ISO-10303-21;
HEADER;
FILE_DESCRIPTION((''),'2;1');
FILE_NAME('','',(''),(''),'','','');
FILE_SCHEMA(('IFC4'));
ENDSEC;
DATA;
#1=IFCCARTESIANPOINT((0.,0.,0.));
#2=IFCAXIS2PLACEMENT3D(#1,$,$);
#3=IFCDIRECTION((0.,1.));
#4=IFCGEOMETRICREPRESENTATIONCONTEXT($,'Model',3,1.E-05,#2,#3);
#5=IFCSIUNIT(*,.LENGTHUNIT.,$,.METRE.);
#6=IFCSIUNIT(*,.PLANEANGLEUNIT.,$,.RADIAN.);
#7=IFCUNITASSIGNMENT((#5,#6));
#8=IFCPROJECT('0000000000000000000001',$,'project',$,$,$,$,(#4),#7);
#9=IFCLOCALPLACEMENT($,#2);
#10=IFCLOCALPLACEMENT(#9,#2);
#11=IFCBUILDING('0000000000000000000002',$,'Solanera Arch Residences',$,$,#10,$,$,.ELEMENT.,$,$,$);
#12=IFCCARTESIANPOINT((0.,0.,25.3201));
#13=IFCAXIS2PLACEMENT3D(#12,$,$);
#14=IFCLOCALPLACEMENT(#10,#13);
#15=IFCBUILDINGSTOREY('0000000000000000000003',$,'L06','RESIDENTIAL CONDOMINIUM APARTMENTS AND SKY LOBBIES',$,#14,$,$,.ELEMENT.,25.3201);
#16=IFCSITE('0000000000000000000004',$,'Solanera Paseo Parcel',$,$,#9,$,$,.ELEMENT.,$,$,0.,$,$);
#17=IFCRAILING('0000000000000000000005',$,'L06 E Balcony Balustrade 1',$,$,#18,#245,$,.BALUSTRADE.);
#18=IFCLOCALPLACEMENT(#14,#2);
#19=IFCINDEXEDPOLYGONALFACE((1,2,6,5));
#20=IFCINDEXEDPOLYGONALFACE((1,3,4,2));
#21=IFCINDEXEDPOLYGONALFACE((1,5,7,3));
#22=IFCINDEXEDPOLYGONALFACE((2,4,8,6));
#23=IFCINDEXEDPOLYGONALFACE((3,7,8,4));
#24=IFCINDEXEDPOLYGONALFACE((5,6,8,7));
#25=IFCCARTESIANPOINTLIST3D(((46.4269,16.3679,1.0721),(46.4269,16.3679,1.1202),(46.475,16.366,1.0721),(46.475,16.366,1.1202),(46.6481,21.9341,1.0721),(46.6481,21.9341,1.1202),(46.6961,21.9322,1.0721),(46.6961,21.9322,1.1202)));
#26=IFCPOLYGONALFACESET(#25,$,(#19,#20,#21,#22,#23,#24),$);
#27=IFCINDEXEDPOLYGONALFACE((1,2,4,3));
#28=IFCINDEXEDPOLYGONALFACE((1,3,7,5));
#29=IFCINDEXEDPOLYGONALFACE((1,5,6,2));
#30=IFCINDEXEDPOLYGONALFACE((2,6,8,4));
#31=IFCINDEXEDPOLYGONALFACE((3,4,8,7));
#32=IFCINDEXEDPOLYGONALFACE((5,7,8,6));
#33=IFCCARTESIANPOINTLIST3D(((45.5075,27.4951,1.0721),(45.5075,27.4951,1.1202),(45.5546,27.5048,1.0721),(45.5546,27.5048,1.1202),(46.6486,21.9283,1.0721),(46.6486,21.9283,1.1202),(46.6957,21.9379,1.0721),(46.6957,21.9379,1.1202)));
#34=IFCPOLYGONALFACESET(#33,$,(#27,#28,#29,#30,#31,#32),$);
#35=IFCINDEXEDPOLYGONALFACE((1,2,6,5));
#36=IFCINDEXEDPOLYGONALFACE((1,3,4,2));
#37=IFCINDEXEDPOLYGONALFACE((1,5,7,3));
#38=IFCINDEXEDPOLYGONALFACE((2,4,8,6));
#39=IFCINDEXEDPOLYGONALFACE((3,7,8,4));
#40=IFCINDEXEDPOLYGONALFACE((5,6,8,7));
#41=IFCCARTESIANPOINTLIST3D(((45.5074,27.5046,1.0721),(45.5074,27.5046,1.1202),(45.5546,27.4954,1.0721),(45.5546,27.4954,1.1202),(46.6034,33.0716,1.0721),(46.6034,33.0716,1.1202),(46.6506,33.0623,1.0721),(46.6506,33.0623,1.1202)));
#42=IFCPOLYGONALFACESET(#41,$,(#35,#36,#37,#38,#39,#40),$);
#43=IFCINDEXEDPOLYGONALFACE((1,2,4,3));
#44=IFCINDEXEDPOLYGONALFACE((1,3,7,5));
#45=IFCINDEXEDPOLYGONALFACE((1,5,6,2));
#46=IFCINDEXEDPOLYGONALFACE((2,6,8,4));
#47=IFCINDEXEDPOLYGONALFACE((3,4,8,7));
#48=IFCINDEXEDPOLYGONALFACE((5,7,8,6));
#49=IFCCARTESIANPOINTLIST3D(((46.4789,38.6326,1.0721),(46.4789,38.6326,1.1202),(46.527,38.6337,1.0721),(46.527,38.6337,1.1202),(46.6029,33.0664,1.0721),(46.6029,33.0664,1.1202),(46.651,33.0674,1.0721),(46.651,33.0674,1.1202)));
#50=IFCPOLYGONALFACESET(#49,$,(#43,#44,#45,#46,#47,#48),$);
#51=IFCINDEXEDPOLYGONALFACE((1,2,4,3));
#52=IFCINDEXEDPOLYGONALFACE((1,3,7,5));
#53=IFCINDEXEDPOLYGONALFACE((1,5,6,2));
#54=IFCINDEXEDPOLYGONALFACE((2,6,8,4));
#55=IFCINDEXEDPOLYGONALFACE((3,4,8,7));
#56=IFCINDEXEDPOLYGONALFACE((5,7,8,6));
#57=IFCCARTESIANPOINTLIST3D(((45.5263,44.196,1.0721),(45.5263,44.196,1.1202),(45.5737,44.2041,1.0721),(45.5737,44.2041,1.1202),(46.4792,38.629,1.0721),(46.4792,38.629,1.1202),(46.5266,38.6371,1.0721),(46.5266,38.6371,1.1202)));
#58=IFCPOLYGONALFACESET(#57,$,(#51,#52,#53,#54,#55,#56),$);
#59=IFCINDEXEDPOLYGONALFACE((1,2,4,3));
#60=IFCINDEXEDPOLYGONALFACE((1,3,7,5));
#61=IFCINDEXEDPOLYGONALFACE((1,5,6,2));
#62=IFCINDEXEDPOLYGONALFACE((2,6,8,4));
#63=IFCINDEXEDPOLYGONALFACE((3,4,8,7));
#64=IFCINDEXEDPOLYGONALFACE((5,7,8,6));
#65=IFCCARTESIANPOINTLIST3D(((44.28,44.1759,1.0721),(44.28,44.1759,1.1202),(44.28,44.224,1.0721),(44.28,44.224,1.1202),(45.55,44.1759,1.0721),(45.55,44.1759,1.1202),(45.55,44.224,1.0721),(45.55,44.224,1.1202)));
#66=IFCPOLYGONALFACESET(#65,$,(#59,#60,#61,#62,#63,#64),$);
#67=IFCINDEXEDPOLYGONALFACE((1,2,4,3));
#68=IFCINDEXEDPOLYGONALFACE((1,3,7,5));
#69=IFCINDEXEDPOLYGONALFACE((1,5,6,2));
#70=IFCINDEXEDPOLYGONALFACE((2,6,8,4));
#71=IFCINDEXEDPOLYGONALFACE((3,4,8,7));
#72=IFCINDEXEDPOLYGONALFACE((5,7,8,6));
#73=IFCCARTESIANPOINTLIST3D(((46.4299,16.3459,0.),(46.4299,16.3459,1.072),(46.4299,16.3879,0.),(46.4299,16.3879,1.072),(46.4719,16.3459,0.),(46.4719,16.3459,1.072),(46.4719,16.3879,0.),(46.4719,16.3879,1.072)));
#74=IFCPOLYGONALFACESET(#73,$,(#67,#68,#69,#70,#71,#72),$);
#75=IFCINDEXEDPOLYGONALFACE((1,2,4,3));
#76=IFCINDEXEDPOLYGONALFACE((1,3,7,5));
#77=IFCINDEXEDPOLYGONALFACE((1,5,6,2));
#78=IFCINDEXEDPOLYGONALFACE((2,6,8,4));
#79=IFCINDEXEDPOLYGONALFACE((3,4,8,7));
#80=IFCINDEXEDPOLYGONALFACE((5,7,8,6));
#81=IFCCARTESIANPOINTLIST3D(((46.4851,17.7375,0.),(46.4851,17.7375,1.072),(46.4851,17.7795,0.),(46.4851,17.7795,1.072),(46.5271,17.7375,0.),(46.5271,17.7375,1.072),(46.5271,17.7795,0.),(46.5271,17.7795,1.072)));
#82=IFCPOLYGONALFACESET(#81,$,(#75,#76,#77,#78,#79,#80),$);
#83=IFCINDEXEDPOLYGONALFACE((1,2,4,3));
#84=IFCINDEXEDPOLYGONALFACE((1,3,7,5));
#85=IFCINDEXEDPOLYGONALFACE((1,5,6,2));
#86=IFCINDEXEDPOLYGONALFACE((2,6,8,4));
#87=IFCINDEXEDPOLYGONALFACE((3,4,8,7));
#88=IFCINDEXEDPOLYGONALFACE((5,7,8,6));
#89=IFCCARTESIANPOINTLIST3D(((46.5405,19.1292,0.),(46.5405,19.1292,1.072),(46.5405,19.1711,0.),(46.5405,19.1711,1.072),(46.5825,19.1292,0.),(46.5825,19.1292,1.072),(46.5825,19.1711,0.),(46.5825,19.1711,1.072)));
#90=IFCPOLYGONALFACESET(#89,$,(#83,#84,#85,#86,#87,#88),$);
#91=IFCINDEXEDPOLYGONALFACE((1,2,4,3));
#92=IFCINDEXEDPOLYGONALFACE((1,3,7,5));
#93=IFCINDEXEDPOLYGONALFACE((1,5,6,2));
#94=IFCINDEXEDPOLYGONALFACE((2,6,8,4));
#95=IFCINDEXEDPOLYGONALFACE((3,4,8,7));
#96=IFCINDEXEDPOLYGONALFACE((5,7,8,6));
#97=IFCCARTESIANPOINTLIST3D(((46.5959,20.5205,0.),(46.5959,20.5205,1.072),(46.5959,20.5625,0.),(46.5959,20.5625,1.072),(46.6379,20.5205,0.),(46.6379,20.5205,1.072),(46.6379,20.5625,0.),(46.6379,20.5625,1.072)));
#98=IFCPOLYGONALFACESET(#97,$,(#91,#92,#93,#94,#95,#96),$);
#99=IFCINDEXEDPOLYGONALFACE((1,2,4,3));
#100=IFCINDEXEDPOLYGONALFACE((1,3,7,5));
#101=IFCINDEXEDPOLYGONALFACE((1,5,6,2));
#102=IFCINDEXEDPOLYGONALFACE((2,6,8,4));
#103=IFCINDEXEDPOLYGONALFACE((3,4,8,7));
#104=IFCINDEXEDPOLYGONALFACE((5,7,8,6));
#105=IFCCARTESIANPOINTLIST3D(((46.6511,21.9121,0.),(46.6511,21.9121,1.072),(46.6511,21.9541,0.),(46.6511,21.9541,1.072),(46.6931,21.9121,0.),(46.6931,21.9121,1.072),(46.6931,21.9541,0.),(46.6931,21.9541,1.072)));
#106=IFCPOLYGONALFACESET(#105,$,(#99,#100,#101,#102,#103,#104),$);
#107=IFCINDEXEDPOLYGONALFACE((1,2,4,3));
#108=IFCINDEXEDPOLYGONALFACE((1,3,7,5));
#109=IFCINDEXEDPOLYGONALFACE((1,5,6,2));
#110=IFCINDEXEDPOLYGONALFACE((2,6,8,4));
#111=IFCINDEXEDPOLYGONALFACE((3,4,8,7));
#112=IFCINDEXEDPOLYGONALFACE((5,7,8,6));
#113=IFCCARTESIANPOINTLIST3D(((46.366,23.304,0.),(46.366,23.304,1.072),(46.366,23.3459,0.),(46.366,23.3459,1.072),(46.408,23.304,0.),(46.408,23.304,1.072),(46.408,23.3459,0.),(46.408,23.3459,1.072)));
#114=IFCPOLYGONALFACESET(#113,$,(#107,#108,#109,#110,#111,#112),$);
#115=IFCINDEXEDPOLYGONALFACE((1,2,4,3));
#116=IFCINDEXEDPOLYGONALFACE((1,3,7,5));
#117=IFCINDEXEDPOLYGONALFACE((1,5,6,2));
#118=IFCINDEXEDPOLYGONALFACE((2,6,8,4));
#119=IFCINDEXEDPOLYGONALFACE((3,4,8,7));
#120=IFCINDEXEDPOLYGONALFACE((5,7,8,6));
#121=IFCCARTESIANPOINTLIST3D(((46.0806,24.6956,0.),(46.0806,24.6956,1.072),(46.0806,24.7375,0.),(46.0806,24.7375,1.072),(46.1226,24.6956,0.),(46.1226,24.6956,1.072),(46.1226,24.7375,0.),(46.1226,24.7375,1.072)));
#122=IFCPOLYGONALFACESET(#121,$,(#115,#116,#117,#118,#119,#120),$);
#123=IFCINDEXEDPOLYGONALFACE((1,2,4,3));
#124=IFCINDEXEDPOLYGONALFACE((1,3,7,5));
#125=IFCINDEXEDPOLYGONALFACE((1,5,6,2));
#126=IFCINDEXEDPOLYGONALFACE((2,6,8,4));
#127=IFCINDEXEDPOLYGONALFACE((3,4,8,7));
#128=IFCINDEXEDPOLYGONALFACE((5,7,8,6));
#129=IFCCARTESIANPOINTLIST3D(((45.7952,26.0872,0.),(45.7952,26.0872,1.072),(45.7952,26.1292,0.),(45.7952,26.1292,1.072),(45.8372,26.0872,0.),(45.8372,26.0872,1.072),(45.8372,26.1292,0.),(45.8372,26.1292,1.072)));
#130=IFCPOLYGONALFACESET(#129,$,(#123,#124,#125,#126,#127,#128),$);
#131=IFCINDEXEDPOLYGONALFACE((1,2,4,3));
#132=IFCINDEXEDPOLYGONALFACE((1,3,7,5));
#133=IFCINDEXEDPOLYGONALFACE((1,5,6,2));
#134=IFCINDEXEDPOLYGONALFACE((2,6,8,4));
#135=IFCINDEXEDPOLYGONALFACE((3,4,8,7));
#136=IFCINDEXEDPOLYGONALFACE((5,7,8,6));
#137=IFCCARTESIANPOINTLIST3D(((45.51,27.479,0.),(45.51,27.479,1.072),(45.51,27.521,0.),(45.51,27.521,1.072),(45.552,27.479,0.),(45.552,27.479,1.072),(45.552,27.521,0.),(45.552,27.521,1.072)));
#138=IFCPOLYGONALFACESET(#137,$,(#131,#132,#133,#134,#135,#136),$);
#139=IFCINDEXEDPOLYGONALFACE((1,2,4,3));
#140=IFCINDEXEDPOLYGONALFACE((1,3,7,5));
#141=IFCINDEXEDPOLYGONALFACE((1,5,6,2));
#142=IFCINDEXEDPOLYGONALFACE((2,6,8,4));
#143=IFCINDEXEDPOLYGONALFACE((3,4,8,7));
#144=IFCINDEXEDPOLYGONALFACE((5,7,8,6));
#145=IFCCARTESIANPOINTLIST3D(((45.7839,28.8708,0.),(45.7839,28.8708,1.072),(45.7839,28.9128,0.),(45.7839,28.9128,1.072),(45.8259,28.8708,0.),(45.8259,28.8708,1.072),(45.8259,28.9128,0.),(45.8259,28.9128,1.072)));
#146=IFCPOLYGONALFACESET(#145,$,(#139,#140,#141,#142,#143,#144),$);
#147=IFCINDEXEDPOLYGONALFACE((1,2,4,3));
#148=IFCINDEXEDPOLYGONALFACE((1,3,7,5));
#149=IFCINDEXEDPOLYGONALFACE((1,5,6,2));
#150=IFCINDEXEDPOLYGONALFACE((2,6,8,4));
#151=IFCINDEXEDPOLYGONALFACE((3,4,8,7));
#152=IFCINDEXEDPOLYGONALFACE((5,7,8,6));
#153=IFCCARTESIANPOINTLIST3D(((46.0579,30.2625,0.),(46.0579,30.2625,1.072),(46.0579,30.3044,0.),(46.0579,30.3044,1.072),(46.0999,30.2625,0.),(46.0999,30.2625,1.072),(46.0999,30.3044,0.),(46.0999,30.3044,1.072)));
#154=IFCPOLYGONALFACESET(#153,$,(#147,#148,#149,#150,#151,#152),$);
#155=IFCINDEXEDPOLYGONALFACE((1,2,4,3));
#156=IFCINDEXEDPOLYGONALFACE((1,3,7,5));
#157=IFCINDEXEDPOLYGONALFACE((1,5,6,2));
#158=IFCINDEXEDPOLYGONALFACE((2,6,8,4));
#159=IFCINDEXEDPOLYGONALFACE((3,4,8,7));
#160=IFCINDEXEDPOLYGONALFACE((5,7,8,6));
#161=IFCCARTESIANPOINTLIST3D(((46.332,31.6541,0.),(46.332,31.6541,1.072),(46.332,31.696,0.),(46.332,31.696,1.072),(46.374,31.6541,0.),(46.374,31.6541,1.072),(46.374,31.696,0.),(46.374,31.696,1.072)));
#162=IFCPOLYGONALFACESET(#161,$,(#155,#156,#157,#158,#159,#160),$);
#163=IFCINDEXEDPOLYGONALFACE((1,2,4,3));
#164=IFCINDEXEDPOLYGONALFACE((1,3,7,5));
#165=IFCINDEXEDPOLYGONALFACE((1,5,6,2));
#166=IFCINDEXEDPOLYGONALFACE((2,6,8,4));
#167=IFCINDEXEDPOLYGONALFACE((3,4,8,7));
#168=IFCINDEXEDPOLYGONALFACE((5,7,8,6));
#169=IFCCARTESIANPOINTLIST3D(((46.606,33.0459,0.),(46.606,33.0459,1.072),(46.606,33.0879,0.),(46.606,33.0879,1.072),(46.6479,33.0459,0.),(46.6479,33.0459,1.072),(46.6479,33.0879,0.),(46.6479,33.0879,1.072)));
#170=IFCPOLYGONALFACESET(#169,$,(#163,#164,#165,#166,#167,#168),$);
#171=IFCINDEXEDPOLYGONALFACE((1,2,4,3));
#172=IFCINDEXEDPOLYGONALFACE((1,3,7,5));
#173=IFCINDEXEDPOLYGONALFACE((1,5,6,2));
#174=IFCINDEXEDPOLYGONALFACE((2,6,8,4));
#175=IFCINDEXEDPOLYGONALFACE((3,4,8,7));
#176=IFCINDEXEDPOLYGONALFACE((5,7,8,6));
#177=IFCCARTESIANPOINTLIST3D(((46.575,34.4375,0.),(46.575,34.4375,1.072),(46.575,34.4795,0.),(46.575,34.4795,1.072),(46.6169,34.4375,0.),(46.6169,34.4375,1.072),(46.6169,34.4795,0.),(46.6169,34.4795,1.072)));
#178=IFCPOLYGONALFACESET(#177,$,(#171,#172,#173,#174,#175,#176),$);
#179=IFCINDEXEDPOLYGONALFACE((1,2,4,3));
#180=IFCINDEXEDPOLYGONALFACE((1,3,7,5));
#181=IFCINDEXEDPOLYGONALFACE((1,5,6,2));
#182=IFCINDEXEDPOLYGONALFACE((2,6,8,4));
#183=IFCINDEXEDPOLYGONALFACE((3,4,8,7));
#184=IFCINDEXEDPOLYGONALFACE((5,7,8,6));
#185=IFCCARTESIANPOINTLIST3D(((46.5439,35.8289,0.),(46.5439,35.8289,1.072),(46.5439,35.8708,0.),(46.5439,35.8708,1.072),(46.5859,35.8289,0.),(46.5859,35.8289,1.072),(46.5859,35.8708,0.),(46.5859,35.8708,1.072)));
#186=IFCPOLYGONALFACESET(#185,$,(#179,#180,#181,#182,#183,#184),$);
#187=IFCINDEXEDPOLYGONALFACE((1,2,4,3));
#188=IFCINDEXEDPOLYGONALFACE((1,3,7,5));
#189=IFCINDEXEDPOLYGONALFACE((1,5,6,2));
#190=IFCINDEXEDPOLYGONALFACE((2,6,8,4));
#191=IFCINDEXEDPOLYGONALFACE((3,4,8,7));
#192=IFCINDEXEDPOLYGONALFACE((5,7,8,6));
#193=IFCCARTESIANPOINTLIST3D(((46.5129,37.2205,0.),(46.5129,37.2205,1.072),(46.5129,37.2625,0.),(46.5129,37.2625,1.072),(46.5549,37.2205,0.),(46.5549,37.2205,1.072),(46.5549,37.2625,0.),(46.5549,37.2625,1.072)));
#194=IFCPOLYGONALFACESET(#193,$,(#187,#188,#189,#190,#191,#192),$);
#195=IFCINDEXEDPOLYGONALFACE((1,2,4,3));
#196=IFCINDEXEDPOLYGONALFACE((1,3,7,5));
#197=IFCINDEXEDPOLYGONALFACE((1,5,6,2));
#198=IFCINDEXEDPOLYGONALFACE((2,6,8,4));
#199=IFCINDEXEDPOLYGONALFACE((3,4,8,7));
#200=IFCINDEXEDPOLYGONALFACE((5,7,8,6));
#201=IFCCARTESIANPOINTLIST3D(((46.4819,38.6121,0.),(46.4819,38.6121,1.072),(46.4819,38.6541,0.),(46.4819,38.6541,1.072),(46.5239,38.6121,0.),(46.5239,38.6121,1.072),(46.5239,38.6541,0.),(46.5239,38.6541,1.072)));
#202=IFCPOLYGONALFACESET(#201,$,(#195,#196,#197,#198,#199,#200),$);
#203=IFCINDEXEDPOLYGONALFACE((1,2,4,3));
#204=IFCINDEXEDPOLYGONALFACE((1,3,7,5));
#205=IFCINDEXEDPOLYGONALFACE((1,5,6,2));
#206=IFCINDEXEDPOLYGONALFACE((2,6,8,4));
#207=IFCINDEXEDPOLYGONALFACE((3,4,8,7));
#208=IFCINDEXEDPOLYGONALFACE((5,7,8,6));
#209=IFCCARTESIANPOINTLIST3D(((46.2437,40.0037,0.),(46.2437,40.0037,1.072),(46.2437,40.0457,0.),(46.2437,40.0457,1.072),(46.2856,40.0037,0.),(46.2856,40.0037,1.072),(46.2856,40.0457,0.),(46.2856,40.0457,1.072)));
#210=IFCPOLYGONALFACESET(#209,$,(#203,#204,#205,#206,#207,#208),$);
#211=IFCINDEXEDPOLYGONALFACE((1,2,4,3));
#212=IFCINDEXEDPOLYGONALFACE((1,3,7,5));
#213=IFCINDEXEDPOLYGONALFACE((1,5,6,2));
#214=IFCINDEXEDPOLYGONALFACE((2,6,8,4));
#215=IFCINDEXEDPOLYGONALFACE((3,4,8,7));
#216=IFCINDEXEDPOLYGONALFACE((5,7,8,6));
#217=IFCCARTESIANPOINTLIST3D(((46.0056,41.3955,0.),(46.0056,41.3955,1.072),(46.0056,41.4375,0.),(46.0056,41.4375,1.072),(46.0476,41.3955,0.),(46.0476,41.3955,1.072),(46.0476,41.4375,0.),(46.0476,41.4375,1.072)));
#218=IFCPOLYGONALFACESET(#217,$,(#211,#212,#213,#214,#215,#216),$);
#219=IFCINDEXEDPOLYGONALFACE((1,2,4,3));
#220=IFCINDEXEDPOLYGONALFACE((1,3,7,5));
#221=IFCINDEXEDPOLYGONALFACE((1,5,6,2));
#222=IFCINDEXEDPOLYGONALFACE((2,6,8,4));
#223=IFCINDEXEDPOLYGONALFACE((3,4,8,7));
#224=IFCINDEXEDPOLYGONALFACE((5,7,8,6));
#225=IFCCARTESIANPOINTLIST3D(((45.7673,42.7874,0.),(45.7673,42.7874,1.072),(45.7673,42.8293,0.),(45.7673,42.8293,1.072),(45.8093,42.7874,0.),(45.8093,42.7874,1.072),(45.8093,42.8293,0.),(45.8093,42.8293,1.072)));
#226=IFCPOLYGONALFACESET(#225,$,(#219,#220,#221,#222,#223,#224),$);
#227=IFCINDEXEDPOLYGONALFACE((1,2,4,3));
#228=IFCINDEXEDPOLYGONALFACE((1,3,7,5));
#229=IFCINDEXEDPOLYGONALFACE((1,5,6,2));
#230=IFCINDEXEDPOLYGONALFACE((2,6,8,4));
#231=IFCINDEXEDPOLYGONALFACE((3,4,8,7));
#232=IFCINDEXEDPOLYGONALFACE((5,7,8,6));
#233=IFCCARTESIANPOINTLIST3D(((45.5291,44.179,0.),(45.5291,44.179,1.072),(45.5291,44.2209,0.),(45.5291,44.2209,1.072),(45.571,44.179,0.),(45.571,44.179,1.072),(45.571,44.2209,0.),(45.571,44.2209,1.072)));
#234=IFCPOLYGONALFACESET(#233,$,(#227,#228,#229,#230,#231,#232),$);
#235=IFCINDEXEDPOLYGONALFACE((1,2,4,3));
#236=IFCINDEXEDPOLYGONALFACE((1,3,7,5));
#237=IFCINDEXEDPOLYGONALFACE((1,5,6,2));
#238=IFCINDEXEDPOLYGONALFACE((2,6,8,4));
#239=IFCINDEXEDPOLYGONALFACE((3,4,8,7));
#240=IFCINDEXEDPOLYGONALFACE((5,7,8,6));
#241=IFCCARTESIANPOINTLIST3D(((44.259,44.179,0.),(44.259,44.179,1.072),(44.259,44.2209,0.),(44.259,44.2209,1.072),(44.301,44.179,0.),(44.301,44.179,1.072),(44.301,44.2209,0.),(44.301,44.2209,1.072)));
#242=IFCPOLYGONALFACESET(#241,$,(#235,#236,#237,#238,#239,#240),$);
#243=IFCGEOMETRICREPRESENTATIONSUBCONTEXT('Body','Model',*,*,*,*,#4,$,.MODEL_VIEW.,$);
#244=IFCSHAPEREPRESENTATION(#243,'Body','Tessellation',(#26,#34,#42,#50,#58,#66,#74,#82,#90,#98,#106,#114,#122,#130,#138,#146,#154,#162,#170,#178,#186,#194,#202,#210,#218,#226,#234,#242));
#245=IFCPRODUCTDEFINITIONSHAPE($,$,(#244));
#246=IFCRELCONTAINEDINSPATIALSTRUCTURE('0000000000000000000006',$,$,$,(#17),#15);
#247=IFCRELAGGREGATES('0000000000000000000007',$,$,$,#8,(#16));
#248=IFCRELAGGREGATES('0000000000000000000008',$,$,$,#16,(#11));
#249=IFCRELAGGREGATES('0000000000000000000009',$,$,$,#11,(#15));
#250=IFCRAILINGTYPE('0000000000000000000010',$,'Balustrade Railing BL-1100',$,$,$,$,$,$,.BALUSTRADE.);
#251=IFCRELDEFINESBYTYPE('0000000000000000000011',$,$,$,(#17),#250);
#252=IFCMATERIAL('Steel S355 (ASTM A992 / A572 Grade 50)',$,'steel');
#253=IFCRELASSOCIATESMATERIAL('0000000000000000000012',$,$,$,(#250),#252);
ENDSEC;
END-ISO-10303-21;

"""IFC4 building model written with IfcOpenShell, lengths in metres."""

from ifc_helpers import new_model, si_unit, direction, frame, origin, origin_2d, place, context, subcontext, project, spatial, rectangle, extrude, material, type_object, element, save


model = new_model("IFC4")

# Units and contexts
model_context = context("Model", 3, precision=1e-05, world=origin(), true_north=direction((0.0, 1.0)))
body_context = subcontext(model_context, "Body", "Model", "MODEL_VIEW")
ifc_project = project(units=[si_unit("LENGTHUNIT", "METRE"), si_unit("PLANEANGLEUNIT", "RADIAN")], contexts=[model_context])

# Site, building, storey
site_placement = place(None, origin())
site = spatial("IfcSite", under=ifc_project, at=site_placement, Name="Solanera Paseo Parcel", CompositionType="ELEMENT", RefElevation=0.0)
building_placement = place(site_placement, origin())
building = spatial("IfcBuilding", under=site, at=building_placement, Name="Solanera Arch Residences", CompositionType="ELEMENT")
storey_placement = place(building_placement, frame((0.0, 0.0, 25.3201)))
storey = spatial("IfcBuildingStorey", under=building, at=storey_placement, Name="L06", Description="RESIDENTIAL CONDOMINIUM APARTMENTS AND SKY LOBBIES", CompositionType="ELEMENT", Elevation=25.3201)

# Railing
ifc_material_1 = material(Name="Steel S355 (ASTM A992 / A572 Grade 50)", Category="steel")
railing_type = type_object("IfcRailingType", Name="Balustrade Railing BL-1100", PredefinedType="BALUSTRADE", material=ifc_material_1)
railing_1_placement = place(storey_placement, frame((46.4509, 16.3669, 0.0)))
element("IfcRailing", 1, at=railing_1_placement, inside=storey, type_object=railing_type, Name="L06 E Balcony Balustrade 1", PredefinedType="BALUSTRADE", context=body_context, shape_type="SweptSolid", body=[
    extrude(rectangle(XDim=0.0481, YDim=0.0481, at=origin_2d()), frame((0.0, 0.0, 1.0962), z_axis=(0.039707, 0.999211, 0.0), x_axis=(-0.999211, 0.039707, 0.0)), (0.0, 0.0, 1.0), 5.5706),
    extrude(rectangle(XDim=0.0481, YDim=0.0481, at=origin_2d()), frame((0.2212, 5.5662, 1.0962), z_axis=(-0.200807, 0.979631, 0.0), x_axis=(-0.979631, -0.200807, 0.0)), (0.0, 0.0, 1.0), 5.6826),
    extrude(rectangle(XDim=0.0481, YDim=0.0481, at=origin_2d()), frame((-0.9199, 11.1331, 1.0962), z_axis=(0.193161, 0.981167, 0.0), x_axis=(-0.981167, 0.193161, 0.0)), (0.0, 0.0, 1.0), 5.6738),
    extrude(rectangle(XDim=0.0481, YDim=0.0481, at=origin_2d()), frame((0.176, 16.7, 1.0962), z_axis=(-0.022276, 0.999752, 0.0), x_axis=(-0.999752, -0.022276, 0.0)), (0.0, 0.0, 1.0), 5.5676),
    extrude(rectangle(XDim=0.0481, YDim=0.0481, at=origin_2d()), frame((0.052, 22.2661, 1.0962), z_axis=(-0.168715, 0.985665, 0.0), x_axis=(-0.985665, -0.168715, 0.0)), (0.0, 0.0, 1.0), 5.6479),
    extrude(rectangle(XDim=0.0481, YDim=0.0481, at=origin_2d()), frame((-0.9009, 27.833, 1.0962), z_axis=(-1.0, 0.0, 0.0), x_axis=(0.0, -1.0, 0.0)), (0.0, 0.0, 1.0), 1.27),
    extrude(rectangle(XDim=0.042, YDim=0.042, at=origin_2d()), origin(), (0.0, 0.0, 1.0), 1.072),
    extrude(rectangle(XDim=0.042, YDim=0.042, at=origin_2d()), frame((0.0552, 1.3916, 0.0)), (0.0, 0.0, 1.0), 1.072),
    extrude(rectangle(XDim=0.042, YDim=0.042, at=origin_2d()), frame((0.1106, 2.7832, 0.0)), (0.0, 0.0, 1.0), 1.072),
    extrude(rectangle(XDim=0.042, YDim=0.042, at=origin_2d()), frame((0.166, 4.1746, 0.0)), (0.0, 0.0, 1.0), 1.072),
    extrude(rectangle(XDim=0.042, YDim=0.042, at=origin_2d()), frame((0.2212, 5.5662, 0.0)), (0.0, 0.0, 1.0), 1.072),
    extrude(rectangle(XDim=0.042, YDim=0.042, at=origin_2d()), frame((-0.064, 6.958, 0.0)), (0.0, 0.0, 1.0), 1.072),
    extrude(rectangle(XDim=0.042, YDim=0.042, at=origin_2d()), frame((-0.3494, 8.3496, 0.0)), (0.0, 0.0, 1.0), 1.072),
    extrude(rectangle(XDim=0.042, YDim=0.042, at=origin_2d()), frame((-0.6348, 9.7412, 0.0)), (0.0, 0.0, 1.0), 1.072),
    extrude(rectangle(XDim=0.042, YDim=0.042, at=origin_2d()), frame((-0.9199, 11.1331, 0.0)), (0.0, 0.0, 1.0), 1.072),
    extrude(rectangle(XDim=0.042, YDim=0.042, at=origin_2d()), frame((-0.646, 12.5249, 0.0)), (0.0, 0.0, 1.0), 1.072),
    extrude(rectangle(XDim=0.042, YDim=0.042, at=origin_2d()), frame((-0.3721, 13.9165, 0.0)), (0.0, 0.0, 1.0), 1.072),
    extrude(rectangle(XDim=0.042, YDim=0.042, at=origin_2d()), frame((-0.0979, 15.3081, 0.0)), (0.0, 0.0, 1.0), 1.072),
    extrude(rectangle(XDim=0.042, YDim=0.042, at=origin_2d()), frame((0.176, 16.7, 0.0)), (0.0, 0.0, 1.0), 1.072),
    extrude(rectangle(XDim=0.042, YDim=0.042, at=origin_2d()), frame((0.145, 18.0916, 0.0)), (0.0, 0.0, 1.0), 1.072),
    extrude(rectangle(XDim=0.042, YDim=0.042, at=origin_2d()), frame((0.114, 19.4829, 0.0)), (0.0, 0.0, 1.0), 1.072),
    extrude(rectangle(XDim=0.042, YDim=0.042, at=origin_2d()), frame((0.083, 20.8745, 0.0)), (0.0, 0.0, 1.0), 1.072),
    extrude(rectangle(XDim=0.042, YDim=0.042, at=origin_2d()), frame((0.052, 22.2661, 0.0)), (0.0, 0.0, 1.0), 1.072),
    extrude(rectangle(XDim=0.042, YDim=0.042, at=origin_2d()), frame((-0.1863, 23.6577, 0.0)), (0.0, 0.0, 1.0), 1.072),
    extrude(rectangle(XDim=0.042, YDim=0.042, at=origin_2d()), frame((-0.4243, 25.0496, 0.0)), (0.0, 0.0, 1.0), 1.072),
    extrude(rectangle(XDim=0.042, YDim=0.042, at=origin_2d()), frame((-0.6626, 26.4414, 0.0)), (0.0, 0.0, 1.0), 1.072),
    extrude(rectangle(XDim=0.042, YDim=0.042, at=origin_2d()), frame((-0.9009, 27.833, 0.0)), (0.0, 0.0, 1.0), 1.072),
    extrude(rectangle(XDim=0.042, YDim=0.042, at=origin_2d()), frame((-2.1709, 27.833, 0.0)), (0.0, 0.0, 1.0), 1.072),
])

save(model, "model.ifc")
